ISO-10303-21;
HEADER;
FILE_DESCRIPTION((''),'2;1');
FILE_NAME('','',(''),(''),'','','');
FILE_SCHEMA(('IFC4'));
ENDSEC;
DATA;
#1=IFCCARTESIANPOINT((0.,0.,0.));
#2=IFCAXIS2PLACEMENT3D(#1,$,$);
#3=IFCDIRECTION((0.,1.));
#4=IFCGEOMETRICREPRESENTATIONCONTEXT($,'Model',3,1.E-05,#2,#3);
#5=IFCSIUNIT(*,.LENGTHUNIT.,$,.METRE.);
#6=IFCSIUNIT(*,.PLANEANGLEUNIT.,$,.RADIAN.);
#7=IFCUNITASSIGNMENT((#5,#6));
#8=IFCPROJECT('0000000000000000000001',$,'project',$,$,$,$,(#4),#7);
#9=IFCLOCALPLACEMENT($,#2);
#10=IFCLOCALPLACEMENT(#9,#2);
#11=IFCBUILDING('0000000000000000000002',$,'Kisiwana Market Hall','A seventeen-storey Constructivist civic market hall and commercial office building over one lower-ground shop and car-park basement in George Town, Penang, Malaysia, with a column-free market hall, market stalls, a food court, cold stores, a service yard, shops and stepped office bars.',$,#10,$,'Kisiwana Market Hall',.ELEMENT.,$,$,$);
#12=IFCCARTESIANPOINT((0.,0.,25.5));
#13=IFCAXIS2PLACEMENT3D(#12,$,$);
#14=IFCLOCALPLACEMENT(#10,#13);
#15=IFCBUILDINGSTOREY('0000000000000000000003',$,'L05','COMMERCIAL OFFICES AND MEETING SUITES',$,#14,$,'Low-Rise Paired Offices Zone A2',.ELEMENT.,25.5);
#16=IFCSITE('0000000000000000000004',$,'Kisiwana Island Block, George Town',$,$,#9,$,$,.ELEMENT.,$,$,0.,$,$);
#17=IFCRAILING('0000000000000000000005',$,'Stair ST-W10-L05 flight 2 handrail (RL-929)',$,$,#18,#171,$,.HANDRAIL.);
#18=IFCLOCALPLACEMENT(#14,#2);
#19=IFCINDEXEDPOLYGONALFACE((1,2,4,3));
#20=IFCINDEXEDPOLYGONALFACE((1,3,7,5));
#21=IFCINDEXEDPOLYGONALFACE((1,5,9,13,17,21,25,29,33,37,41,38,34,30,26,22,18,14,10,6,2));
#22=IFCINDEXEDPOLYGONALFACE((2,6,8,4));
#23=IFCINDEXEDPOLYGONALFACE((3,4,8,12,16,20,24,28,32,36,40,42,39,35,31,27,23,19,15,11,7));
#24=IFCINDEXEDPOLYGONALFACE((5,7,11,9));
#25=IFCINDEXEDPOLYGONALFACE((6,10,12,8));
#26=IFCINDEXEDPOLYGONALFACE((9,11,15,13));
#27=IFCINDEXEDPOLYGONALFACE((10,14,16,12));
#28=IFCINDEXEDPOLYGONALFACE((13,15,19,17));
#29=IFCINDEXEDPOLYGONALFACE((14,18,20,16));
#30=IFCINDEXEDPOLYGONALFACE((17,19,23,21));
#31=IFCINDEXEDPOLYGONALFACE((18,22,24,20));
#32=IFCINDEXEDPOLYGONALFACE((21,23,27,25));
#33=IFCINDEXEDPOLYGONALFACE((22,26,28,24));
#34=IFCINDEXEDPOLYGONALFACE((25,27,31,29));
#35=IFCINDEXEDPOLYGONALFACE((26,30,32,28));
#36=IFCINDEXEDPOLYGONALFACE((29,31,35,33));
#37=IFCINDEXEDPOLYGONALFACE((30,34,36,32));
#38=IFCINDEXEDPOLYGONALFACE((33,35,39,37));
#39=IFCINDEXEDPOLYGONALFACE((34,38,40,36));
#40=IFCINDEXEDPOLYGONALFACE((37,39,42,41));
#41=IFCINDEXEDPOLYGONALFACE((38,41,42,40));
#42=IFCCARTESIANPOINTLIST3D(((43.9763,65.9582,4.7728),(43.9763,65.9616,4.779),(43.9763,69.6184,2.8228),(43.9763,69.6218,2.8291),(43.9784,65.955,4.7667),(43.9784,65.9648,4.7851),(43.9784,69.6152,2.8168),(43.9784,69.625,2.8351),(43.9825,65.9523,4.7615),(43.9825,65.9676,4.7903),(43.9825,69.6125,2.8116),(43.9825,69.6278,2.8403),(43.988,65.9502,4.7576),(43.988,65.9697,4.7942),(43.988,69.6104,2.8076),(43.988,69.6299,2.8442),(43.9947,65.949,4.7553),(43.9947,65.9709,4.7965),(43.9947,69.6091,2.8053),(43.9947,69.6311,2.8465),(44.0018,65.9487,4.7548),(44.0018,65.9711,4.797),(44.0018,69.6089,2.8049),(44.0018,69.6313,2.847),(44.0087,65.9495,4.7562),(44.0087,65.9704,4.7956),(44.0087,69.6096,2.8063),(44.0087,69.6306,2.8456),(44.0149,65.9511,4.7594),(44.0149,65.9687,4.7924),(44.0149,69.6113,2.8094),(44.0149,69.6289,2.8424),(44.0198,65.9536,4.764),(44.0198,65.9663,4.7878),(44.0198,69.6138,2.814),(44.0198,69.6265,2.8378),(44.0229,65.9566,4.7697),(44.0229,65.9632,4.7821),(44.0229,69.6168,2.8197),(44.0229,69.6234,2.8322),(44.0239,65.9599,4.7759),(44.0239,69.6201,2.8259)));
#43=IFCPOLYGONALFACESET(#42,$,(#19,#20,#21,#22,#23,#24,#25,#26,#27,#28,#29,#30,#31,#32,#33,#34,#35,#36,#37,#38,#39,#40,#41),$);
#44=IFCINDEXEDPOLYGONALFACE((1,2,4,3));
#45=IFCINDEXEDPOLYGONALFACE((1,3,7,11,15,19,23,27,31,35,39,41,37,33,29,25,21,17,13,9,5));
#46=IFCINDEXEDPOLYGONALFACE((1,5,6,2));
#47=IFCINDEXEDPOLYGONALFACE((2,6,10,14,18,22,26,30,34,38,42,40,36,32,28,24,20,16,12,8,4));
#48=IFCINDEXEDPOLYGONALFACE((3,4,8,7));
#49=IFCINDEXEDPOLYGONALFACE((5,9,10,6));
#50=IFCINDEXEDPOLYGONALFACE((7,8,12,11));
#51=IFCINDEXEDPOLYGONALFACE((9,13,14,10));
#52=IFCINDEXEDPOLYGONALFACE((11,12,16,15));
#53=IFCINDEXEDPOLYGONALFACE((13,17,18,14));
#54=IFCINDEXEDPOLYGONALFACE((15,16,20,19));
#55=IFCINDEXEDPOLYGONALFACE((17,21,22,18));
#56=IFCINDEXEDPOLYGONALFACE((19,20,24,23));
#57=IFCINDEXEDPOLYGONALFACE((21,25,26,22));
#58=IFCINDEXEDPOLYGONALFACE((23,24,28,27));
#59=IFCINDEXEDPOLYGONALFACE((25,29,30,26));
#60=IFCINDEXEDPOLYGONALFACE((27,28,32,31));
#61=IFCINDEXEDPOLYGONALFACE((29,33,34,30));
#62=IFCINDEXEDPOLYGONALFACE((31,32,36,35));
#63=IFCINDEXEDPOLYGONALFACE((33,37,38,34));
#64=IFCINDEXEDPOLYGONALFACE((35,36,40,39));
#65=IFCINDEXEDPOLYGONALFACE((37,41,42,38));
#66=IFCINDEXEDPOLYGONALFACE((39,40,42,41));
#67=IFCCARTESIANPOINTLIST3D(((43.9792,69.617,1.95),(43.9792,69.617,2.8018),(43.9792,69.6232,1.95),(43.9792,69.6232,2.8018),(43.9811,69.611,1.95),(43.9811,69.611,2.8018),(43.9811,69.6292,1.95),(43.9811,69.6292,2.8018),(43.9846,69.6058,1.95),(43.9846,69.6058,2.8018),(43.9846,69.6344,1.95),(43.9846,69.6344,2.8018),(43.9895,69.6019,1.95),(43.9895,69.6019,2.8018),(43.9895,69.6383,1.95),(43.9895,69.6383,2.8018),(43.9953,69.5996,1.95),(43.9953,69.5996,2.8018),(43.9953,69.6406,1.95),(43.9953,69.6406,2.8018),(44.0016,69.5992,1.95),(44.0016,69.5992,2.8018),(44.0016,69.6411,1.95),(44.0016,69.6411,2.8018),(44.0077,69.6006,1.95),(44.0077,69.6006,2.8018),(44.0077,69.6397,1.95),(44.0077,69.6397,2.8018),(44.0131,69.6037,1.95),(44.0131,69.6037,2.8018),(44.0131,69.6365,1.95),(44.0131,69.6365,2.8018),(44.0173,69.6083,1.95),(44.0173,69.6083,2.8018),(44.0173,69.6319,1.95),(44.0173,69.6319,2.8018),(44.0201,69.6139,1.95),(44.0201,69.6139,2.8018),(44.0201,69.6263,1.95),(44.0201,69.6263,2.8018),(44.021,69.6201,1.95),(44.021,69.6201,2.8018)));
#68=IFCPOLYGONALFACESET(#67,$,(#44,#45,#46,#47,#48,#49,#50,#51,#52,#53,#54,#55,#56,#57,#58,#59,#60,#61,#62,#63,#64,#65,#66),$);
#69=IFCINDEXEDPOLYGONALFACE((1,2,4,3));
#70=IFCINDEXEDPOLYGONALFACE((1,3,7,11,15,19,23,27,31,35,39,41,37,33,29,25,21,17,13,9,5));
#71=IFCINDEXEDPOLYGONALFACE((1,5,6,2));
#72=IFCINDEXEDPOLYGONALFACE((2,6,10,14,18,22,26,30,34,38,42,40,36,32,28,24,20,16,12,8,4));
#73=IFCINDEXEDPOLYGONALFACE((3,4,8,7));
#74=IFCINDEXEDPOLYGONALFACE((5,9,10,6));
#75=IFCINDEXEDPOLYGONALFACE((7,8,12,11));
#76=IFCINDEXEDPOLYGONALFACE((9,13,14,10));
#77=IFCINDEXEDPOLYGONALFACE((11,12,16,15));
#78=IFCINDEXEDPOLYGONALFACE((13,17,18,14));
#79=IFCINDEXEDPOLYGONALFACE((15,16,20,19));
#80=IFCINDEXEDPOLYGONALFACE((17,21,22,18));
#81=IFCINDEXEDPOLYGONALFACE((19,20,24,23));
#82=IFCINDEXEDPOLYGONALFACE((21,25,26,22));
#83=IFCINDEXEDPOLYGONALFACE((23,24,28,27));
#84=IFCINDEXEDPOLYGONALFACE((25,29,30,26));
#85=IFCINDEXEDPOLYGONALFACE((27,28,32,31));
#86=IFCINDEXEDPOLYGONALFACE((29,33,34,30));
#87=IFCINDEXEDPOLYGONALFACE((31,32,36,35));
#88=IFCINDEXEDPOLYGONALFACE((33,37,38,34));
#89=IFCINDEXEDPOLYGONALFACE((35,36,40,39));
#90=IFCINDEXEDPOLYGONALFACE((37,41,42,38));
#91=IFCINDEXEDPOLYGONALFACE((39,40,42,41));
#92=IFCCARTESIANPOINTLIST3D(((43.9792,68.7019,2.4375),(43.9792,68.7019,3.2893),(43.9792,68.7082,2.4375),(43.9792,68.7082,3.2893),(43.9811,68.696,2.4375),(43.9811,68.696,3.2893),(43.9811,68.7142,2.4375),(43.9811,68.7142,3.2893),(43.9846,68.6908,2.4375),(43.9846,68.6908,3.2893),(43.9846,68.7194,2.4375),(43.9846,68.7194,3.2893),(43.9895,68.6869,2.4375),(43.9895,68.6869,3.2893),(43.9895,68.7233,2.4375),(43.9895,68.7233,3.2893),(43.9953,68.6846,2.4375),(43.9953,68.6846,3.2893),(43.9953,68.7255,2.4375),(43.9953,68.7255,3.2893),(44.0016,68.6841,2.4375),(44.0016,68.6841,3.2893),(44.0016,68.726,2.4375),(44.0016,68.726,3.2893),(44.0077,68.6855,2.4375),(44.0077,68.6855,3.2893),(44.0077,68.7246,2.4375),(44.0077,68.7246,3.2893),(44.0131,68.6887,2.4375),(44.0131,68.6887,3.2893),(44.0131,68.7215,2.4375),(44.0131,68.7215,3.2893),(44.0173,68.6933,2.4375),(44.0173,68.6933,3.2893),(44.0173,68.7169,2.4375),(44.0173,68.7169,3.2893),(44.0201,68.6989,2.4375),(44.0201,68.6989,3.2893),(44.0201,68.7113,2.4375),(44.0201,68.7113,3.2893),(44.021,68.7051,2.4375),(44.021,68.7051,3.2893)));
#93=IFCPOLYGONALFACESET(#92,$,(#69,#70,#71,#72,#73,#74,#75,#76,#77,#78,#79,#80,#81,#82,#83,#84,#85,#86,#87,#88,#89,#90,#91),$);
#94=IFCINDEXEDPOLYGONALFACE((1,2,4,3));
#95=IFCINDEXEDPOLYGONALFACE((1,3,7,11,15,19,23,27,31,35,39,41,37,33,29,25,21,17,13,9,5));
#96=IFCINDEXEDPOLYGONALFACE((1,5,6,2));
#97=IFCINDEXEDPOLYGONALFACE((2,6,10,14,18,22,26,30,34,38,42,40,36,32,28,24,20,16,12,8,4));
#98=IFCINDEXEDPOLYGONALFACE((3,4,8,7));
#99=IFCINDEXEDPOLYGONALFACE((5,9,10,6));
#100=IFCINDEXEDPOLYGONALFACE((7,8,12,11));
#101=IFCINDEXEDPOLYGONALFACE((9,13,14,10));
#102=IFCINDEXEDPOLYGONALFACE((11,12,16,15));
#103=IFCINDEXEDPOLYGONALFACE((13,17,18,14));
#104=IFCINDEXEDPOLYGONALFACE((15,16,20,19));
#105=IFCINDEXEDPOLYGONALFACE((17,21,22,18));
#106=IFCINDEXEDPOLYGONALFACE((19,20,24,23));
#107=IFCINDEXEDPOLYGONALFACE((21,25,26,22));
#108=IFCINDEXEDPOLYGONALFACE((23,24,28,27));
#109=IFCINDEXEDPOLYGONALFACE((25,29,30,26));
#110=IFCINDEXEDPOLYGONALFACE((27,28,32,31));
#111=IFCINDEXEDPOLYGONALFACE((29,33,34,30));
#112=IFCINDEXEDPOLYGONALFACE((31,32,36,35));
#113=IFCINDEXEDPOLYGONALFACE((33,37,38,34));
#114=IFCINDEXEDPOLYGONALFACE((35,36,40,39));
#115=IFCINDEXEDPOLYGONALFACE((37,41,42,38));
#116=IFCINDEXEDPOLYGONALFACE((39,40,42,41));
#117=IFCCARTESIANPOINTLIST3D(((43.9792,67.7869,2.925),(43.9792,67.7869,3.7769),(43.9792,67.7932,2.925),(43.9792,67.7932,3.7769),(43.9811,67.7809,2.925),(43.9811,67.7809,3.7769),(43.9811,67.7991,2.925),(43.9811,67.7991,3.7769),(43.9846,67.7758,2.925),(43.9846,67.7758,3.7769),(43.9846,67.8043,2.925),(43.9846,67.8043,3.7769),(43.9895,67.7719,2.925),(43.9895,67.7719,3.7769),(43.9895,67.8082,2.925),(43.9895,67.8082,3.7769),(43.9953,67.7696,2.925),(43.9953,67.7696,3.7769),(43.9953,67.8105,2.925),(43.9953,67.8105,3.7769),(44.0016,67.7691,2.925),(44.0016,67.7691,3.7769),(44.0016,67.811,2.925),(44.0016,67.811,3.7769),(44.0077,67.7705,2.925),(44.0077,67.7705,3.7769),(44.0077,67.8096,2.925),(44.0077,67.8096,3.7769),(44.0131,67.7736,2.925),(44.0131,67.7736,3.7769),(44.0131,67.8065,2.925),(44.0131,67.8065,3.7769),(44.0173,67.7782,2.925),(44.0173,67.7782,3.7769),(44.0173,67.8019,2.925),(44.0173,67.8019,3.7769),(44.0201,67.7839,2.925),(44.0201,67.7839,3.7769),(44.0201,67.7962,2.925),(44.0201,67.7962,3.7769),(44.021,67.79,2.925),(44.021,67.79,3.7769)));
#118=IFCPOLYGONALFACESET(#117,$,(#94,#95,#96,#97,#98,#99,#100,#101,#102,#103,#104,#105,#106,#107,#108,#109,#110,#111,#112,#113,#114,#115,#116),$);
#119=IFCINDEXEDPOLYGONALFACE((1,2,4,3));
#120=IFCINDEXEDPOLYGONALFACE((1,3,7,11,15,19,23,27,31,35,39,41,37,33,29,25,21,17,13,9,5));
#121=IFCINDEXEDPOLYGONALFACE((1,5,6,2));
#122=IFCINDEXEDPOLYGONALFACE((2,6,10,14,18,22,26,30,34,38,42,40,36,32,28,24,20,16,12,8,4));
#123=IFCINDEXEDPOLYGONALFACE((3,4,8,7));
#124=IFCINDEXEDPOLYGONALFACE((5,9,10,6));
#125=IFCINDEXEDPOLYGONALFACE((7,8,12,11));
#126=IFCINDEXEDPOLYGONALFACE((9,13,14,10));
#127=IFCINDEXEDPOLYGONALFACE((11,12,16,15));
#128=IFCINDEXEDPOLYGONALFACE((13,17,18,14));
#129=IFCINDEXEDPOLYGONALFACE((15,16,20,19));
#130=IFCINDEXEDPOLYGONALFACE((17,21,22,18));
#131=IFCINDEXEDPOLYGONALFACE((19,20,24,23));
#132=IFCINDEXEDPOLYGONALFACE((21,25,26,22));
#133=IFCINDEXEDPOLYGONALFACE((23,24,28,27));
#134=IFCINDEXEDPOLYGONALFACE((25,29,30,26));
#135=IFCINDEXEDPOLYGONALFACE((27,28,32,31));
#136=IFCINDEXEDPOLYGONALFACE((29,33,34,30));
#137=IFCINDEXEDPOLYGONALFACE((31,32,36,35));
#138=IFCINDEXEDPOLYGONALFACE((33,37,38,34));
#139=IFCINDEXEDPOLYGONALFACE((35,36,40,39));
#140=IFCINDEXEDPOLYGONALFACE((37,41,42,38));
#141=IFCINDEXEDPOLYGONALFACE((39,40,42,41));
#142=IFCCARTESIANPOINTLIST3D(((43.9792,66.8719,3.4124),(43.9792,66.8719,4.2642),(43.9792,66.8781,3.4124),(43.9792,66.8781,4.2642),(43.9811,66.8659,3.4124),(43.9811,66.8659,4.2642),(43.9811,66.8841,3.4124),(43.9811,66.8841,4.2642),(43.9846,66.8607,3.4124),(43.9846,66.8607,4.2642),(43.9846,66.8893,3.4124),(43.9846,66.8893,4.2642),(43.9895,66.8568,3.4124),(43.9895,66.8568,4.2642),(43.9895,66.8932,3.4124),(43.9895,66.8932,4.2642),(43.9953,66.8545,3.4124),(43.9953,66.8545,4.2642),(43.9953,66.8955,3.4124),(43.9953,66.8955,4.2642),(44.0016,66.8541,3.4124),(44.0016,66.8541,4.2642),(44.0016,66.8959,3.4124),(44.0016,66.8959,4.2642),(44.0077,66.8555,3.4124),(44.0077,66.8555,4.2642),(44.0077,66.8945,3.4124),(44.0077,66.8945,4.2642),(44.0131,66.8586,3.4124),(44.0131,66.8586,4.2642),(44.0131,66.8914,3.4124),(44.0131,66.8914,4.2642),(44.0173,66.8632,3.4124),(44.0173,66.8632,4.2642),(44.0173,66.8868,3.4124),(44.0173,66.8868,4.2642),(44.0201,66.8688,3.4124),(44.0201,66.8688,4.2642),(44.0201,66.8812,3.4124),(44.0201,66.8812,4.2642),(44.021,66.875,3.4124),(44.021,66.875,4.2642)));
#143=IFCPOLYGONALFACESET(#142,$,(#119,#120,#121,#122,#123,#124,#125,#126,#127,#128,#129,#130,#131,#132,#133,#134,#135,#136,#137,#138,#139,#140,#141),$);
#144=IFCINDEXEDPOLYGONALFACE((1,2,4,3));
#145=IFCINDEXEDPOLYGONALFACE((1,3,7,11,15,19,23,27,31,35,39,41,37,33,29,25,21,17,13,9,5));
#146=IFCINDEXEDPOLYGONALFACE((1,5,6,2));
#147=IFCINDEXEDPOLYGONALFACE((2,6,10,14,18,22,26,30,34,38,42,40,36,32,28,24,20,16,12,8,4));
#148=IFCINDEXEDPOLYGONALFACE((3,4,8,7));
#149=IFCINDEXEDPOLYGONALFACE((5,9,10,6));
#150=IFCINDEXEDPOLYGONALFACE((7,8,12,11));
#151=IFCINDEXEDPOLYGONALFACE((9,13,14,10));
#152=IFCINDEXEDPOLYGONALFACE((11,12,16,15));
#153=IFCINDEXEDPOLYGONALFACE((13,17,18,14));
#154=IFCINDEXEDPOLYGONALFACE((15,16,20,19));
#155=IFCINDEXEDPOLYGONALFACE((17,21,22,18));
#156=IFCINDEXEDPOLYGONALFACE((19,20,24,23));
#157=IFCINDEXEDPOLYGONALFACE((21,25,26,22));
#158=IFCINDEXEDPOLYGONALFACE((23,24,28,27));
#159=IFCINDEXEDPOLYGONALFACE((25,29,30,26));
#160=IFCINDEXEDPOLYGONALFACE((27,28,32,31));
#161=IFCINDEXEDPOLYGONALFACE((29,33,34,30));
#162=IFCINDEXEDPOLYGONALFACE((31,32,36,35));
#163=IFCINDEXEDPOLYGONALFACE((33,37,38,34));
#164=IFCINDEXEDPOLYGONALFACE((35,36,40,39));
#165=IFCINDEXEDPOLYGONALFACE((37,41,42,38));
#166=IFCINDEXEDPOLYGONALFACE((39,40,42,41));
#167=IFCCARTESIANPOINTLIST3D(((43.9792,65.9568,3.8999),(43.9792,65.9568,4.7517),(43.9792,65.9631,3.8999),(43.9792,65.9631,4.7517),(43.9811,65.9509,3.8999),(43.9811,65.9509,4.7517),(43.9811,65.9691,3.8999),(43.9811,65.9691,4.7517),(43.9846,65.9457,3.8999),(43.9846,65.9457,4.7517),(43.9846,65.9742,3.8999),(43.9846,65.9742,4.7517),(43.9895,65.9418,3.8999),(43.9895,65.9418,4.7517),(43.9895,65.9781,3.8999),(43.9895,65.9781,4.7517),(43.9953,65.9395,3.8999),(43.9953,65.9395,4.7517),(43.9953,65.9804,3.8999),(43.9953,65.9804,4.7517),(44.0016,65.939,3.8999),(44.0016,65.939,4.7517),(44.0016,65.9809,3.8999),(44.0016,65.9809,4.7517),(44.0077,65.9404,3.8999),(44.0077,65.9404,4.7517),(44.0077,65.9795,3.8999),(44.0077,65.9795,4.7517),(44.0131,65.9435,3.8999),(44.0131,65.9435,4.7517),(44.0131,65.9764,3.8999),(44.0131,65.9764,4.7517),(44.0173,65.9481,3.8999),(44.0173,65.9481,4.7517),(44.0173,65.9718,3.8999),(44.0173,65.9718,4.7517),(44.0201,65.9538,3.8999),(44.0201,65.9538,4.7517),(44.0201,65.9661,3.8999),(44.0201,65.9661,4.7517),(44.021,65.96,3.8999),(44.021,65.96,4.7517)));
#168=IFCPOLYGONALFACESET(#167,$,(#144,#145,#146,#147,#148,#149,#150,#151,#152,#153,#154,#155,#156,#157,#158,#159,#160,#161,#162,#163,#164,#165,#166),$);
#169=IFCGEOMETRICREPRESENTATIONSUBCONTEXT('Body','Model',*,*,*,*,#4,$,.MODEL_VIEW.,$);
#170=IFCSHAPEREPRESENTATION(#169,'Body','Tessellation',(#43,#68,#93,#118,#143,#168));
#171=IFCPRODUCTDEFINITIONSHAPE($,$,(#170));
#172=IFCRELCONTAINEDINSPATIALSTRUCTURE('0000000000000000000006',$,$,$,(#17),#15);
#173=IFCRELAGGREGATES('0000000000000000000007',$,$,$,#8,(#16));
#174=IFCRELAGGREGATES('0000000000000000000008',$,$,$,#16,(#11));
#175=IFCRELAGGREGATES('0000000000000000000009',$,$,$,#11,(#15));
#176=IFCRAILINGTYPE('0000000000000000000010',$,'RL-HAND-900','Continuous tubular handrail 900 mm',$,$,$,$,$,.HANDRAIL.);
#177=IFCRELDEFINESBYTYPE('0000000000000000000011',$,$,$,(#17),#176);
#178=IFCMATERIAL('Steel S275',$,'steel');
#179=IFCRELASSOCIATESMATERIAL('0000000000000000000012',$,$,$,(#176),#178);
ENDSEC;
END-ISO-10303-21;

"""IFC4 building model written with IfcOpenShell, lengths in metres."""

from ifc_helpers import new_model, si_unit, direction, frame, origin, origin_2d, place, context, subcontext, project, spatial, circle, extrude, material, type_object, element, save


model = new_model("IFC4")

# Units and contexts
model_context = context("Model", 3, precision=1e-05, world=origin(), true_north=direction((0.0, 1.0)))
body_context = subcontext(model_context, "Body", "Model", "MODEL_VIEW")
ifc_project = project(units=[si_unit("LENGTHUNIT", "METRE"), si_unit("PLANEANGLEUNIT", "RADIAN")], contexts=[model_context])

# Site, building, storey
site_placement = place(None, origin())
site = spatial("IfcSite", under=ifc_project, at=site_placement, Name="Kisiwana Island Block, George Town", CompositionType="ELEMENT", RefElevation=0.0)
building_placement = place(site_placement, origin())
building = spatial("IfcBuilding", under=site, at=building_placement, Name="Kisiwana Market Hall", Description="A seventeen-storey Constructivist civic market hall and commercial office building over one lower-ground shop and car-park basement in George Town, Penang, Malaysia, with a column-free market hall, market stalls, a food court, cold stores, a service yard, shops and stepped office bars.", LongName="Kisiwana Market Hall", CompositionType="ELEMENT")
storey_placement = place(building_placement, frame((0.0, 0.0, 25.5)))
storey = spatial("IfcBuildingStorey", under=building, at=storey_placement, Name="L05", Description="COMMERCIAL OFFICES AND MEETING SUITES", LongName="Low-Rise Paired Offices Zone A2", CompositionType="ELEMENT", Elevation=25.5)

# Railing
ifc_material_1 = material(Name="Steel S275", Category="steel")
railing_type_1 = type_object("IfcRailingType", Name="RL-HAND-900", Description="Continuous tubular handrail 900 mm", PredefinedType="HANDRAIL", material=ifc_material_1)
railing_1_placement = place(storey_placement, frame((44.0, 69.6201, 1.95)))
element("IfcRailing", 1, at=railing_1_placement, inside=storey, type_object=railing_type_1, Name="Stair ST-W10-L05 flight 2 handrail (RL-929)", PredefinedType="HANDRAIL", context=body_context, shape_type="SweptSolid", body=[
    extrude(circle(Radius=0.0239, at=origin_2d()), frame((0.0, 0.0, 0.876), z_axis=(0.0, -0.882566, 0.470188), x_axis=(1.0, 0.0, 0.0)), (0.0, 0.0, 1.0), 4.1472),
    extrude(circle(Radius=0.021, at=origin_2d()), origin(), (0.0, 0.0, 1.0), 0.8518),
    extrude(circle(Radius=0.021, at=origin_2d()), frame((0.0, -0.915, 0.4875)), (0.0, 0.0, 1.0), 0.8518),
    extrude(circle(Radius=0.021, at=origin_2d()), frame((0.0, -1.8301, 0.9751)), (0.0, 0.0, 1.0), 0.8518),
    extrude(circle(Radius=0.021, at=origin_2d()), frame((0.0, -2.7451, 1.4624)), (0.0, 0.0, 1.0), 0.8518),
    extrude(circle(Radius=0.021, at=origin_2d()), frame((0.0, -3.6602, 1.95)), (0.0, 0.0, 1.0), 0.8518),
])

save(model, "model.ifc")
